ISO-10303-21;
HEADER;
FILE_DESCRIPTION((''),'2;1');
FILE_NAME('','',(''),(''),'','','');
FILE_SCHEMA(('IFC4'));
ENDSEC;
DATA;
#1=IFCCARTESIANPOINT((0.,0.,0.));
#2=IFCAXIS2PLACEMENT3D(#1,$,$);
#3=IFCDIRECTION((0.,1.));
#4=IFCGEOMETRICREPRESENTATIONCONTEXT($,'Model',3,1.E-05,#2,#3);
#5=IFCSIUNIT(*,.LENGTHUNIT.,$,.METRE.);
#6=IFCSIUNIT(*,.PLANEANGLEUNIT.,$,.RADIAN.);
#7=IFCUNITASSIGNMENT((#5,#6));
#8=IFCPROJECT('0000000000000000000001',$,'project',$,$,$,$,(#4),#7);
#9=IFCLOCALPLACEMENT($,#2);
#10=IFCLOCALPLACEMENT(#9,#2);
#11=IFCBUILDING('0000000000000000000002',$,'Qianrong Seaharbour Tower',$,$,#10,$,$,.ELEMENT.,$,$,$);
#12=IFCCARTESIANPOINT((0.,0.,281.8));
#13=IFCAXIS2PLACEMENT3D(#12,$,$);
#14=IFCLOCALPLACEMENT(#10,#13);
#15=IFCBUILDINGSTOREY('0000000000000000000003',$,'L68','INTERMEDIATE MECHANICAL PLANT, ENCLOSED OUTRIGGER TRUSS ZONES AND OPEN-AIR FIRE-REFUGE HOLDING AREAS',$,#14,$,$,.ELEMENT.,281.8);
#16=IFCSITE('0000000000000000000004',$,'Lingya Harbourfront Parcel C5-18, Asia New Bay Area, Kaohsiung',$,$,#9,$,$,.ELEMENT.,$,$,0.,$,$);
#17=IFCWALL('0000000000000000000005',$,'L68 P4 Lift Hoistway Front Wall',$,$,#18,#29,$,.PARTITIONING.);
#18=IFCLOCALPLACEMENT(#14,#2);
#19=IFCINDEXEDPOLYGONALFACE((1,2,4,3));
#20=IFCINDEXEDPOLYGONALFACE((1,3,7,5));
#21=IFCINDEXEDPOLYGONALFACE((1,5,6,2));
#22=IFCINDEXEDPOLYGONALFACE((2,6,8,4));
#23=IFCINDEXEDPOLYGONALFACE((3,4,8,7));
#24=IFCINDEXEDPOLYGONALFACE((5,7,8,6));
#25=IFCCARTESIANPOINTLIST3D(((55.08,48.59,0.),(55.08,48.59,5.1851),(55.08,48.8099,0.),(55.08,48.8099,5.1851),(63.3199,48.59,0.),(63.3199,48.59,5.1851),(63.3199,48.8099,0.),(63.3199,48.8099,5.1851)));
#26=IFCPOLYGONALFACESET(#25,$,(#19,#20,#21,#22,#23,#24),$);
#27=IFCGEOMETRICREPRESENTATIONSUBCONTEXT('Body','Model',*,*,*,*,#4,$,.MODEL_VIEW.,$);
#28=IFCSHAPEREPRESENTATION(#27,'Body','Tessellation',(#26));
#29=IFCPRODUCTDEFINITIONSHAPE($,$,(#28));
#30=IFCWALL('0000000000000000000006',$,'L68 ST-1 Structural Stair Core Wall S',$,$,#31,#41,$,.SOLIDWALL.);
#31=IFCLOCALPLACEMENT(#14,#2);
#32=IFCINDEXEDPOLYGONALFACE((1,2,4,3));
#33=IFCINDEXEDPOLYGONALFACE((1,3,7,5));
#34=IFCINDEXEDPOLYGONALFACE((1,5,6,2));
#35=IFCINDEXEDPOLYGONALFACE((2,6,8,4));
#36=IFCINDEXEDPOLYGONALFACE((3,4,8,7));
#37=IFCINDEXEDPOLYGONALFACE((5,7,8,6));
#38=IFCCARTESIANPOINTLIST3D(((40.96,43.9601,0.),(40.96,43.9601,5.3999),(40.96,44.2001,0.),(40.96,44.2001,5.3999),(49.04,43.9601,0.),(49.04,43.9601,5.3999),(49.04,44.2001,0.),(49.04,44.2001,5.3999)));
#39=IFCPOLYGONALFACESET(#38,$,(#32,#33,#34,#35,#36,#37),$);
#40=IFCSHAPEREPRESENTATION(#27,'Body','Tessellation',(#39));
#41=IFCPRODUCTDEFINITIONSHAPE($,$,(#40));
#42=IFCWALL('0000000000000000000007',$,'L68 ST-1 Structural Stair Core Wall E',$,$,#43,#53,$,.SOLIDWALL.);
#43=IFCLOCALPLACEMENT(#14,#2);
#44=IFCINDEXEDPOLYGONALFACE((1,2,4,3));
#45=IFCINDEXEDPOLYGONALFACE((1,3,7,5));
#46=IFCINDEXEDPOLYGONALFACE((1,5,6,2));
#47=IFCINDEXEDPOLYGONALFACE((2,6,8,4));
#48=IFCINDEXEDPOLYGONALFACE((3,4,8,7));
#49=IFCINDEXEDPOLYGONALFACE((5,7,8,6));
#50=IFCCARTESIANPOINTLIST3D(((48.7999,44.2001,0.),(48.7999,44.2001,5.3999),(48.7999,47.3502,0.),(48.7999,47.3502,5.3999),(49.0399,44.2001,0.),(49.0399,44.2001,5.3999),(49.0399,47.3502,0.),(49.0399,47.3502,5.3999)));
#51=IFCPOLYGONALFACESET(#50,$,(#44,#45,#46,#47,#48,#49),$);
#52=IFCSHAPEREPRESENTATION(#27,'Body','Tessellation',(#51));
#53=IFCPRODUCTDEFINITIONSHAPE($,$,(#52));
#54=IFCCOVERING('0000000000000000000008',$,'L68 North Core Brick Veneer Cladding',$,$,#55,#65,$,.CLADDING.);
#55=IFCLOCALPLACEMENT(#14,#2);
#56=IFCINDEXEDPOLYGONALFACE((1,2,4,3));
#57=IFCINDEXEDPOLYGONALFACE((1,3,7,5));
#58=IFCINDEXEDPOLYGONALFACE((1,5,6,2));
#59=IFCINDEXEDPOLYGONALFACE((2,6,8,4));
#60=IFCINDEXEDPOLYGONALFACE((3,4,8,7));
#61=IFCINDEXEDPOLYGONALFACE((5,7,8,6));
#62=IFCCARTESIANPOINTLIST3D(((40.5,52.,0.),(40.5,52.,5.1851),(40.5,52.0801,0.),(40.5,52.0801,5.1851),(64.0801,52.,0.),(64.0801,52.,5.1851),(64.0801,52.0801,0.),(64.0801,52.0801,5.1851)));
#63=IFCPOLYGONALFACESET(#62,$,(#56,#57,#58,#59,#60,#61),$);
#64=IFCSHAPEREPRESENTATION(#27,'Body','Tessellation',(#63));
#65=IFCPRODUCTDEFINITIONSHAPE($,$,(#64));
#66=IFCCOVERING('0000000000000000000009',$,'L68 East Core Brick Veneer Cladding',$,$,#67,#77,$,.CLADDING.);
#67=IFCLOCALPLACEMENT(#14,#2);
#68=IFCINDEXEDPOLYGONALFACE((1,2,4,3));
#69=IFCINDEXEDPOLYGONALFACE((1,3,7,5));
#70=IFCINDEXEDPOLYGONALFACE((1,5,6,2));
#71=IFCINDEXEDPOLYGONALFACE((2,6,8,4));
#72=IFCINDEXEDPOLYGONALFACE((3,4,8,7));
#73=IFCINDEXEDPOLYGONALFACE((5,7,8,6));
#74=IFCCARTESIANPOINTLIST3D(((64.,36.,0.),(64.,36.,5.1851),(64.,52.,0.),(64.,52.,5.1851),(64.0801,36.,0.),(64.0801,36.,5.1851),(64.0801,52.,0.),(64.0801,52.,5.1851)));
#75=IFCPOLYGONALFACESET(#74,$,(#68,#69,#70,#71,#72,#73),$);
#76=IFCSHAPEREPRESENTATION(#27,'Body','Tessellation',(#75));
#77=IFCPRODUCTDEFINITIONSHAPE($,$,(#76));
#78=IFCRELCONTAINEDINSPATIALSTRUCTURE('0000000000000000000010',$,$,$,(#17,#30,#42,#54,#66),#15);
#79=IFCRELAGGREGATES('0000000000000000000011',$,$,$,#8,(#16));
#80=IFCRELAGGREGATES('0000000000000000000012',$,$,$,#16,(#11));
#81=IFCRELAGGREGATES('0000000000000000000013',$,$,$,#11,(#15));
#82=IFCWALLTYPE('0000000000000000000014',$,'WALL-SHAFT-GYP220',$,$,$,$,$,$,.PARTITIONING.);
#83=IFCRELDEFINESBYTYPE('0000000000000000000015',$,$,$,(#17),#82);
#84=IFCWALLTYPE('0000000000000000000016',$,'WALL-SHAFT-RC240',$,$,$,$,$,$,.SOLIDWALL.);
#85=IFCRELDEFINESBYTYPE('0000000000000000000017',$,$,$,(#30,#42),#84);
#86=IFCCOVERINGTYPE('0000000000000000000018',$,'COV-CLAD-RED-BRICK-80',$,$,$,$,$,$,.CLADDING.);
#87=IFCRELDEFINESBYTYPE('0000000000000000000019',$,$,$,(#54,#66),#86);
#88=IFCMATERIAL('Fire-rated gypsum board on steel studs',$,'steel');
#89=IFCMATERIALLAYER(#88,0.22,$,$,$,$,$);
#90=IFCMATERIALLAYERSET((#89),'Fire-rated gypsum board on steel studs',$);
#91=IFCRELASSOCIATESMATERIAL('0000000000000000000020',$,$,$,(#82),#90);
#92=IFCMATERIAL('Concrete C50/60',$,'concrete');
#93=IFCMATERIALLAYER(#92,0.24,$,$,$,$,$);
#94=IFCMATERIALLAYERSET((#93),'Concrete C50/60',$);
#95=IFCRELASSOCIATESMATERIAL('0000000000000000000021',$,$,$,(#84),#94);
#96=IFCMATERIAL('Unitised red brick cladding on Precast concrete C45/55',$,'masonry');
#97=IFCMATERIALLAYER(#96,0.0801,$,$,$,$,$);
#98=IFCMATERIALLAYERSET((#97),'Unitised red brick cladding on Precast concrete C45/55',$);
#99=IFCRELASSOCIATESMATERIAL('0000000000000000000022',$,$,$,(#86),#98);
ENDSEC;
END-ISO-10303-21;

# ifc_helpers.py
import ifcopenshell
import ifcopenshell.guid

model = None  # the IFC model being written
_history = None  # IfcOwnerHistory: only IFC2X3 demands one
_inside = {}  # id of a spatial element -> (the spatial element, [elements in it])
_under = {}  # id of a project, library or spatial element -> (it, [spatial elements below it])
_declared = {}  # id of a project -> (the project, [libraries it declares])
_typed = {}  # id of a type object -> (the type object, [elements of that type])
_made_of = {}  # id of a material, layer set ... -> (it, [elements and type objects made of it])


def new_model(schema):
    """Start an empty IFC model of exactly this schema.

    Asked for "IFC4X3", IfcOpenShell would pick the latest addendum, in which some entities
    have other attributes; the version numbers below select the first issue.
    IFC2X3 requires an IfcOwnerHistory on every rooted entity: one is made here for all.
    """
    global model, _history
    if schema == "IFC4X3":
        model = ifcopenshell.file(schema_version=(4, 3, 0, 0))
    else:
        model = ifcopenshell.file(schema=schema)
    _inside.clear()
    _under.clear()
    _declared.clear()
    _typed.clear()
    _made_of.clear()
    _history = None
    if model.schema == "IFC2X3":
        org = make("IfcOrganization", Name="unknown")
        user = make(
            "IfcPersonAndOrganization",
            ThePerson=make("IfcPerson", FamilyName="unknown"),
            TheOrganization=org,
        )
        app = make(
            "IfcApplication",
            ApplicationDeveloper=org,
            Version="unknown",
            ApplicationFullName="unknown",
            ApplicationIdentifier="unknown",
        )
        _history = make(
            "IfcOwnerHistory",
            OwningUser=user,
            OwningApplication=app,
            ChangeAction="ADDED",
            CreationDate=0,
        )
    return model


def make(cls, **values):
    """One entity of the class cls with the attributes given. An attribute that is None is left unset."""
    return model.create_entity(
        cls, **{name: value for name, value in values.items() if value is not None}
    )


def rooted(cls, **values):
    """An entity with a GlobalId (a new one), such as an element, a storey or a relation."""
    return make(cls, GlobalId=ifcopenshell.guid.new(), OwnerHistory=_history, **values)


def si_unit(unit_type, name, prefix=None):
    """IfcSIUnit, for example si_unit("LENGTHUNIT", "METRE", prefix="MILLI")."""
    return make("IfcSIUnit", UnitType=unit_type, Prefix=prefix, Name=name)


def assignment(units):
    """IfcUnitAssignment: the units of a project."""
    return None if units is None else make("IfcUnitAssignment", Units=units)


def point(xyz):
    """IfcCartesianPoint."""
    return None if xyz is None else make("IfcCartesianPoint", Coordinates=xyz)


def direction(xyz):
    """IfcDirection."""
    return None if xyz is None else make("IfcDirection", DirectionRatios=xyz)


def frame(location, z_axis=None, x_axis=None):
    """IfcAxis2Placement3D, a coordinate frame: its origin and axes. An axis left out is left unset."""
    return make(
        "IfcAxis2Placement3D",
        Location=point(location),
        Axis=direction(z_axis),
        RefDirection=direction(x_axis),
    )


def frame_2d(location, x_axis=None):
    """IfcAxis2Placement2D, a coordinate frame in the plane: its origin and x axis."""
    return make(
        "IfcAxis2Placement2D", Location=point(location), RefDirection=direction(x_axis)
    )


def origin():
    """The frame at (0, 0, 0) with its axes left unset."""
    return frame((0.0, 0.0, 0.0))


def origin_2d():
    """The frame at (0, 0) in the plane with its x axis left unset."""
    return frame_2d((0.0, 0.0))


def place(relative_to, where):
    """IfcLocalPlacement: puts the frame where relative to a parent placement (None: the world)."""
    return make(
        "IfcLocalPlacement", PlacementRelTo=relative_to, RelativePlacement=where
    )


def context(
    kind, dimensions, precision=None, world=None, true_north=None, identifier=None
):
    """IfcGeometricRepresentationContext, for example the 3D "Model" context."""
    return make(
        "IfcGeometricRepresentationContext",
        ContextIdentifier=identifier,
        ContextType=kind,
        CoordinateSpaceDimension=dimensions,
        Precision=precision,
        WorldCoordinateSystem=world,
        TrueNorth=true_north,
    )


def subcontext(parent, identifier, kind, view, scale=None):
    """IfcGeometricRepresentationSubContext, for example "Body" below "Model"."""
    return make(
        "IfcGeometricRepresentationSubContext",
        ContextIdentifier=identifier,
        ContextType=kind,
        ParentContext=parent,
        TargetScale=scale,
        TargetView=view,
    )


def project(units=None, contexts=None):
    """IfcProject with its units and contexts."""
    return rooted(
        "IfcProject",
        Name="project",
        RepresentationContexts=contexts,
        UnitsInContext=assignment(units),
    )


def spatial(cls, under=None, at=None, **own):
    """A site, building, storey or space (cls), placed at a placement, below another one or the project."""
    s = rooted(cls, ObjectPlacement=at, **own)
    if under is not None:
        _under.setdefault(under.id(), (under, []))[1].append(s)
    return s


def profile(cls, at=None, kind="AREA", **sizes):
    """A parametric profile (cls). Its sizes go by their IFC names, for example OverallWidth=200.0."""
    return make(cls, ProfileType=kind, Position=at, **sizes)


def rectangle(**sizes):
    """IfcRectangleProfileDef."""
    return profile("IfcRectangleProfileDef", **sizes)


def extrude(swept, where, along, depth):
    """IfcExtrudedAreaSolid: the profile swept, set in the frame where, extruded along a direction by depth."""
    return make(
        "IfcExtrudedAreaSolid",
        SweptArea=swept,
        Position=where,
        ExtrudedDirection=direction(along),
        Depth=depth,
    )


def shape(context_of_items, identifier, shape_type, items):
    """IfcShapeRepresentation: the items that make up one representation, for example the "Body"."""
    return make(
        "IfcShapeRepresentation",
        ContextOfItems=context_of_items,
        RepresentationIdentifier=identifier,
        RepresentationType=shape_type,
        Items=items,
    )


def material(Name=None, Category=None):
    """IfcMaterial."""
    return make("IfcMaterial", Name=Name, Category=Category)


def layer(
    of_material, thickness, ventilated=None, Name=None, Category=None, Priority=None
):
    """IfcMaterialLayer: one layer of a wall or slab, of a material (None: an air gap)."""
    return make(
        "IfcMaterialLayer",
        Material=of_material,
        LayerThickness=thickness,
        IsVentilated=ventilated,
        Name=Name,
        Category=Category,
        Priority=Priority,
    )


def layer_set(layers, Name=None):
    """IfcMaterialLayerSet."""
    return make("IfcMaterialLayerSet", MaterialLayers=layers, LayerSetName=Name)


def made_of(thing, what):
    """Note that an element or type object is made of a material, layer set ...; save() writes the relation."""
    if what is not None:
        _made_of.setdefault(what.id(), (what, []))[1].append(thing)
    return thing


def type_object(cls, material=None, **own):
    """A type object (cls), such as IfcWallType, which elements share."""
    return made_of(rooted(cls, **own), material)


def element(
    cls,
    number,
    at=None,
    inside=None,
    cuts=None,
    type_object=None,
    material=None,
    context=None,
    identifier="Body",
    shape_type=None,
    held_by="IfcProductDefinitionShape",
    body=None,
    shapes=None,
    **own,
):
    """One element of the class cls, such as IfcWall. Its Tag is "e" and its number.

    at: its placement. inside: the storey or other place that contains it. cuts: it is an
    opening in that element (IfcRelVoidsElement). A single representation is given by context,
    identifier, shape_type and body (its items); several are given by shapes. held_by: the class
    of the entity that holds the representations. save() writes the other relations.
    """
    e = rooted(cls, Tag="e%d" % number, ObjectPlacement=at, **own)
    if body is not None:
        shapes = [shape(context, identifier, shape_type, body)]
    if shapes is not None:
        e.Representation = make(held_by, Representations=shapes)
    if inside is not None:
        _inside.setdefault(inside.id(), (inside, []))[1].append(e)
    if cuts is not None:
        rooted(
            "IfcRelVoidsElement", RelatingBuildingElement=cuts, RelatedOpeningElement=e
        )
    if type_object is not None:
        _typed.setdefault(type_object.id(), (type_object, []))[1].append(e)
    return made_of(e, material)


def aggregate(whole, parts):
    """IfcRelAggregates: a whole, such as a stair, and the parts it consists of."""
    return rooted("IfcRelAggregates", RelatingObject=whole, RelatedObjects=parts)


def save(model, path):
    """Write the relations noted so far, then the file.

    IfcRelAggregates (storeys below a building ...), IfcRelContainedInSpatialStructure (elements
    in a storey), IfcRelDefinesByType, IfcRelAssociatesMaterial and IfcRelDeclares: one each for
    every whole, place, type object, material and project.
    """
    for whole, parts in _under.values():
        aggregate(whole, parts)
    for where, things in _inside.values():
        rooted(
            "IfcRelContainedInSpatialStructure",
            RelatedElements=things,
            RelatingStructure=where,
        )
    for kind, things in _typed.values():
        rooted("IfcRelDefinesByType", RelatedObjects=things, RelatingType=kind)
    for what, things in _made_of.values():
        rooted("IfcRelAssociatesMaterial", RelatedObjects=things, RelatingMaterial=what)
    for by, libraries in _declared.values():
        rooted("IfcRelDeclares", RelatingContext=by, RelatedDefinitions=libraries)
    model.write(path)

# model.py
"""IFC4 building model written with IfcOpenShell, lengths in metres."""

from ifc_helpers import new_model, si_unit, direction, frame, frame_2d, origin, origin_2d, place, context, subcontext, project, spatial, rectangle, extrude, material, layer, layer_set, type_object, element, save


model = new_model("IFC4")

# Units and contexts
model_context = context("Model", 3, precision=1e-05, world=origin(), true_north=direction((0.0, 1.0)))
body_context = subcontext(model_context, "Body", "Model", "MODEL_VIEW")
ifc_project = project(units=[si_unit("LENGTHUNIT", "METRE"), si_unit("PLANEANGLEUNIT", "RADIAN")], contexts=[model_context])

# Site, building, storey
site_placement = place(None, origin())
site = spatial("IfcSite", under=ifc_project, at=site_placement, Name="Lingya Harbourfront Parcel C5-18, Asia New Bay Area, Kaohsiung", CompositionType="ELEMENT", RefElevation=0.0)
building_placement = place(site_placement, origin())
building = spatial("IfcBuilding", under=site, at=building_placement, Name="Qianrong Seaharbour Tower", CompositionType="ELEMENT")
storey_placement = place(building_placement, frame((0.0, 0.0, 281.8)))
storey = spatial("IfcBuildingStorey", under=building, at=storey_placement, Name="L68", Description="INTERMEDIATE MECHANICAL PLANT, ENCLOSED OUTRIGGER TRUSS ZONES AND OPEN-AIR FIRE-REFUGE HOLDING AREAS", CompositionType="ELEMENT", Elevation=281.8)

# Shared definitions
ifc_material_1 = material(Name="Concrete C50/60", Category="concrete")

# Shared definitions
ifc_material_2 = material(Name="Fire-rated gypsum board on steel studs", Category="steel")

# Shared definitions
ifc_layer_1 = layer(ifc_material_2, 0.22)
ifc_layer_set_1 = layer_set([ifc_layer_1], Name="Fire-rated gypsum board on steel studs")
wall_type_1 = type_object("IfcWallType", Name="WALL-SHAFT-GYP220", PredefinedType="PARTITIONING", material=ifc_layer_set_1)

# Walls
for number, where, z_axis, x_axis, name in (
    (1, (63.3201, 48.7, 0.0), (0.0, 0.0, 1.0), (-1.0, 0.0, 0.0), "L68 P4 Lift Hoistway Front Wall"),
):
    element("IfcWall", number, at=place(storey_placement, frame(where, z_axis=z_axis, x_axis=x_axis)), inside=storey, type_object=wall_type_1, Name=name, PredefinedType="PARTITIONING", context=body_context, shape_type="SweptSolid", body=[
        extrude(rectangle(XDim=8.24, YDim=0.22, at=frame_2d((4.1201, 0.0))), origin(), (0.0, 0.0, 1.0), 5.1851),
    ])
ifc_layer_2 = layer(ifc_material_1, 0.24)
ifc_layer_set_2 = layer_set([ifc_layer_2], Name="Concrete C50/60")
wall_type_2 = type_object("IfcWallType", Name="WALL-SHAFT-RC240", PredefinedType="SOLIDWALL", material=ifc_layer_set_2)
wall_1_placement = place(storey_placement, frame((49.04, 44.0801, 0.0), z_axis=(0.0, 0.0, 1.0), x_axis=(-1.0, 0.0, 0.0)))
element("IfcWall", 2, at=wall_1_placement, inside=storey, type_object=wall_type_2, Name="L68 ST-1 Structural Stair Core Wall S", PredefinedType="SOLIDWALL", context=body_context, shape_type="SweptSolid", body=[
    extrude(rectangle(XDim=8.0801, YDim=0.24, at=frame_2d((4.04, 0.0))), origin(), (0.0, 0.0, 1.0), 5.3999),
])
wall_2_placement = place(storey_placement, frame((48.9199, 44.2, 0.0), z_axis=(0.0, 0.0, 1.0), x_axis=(0.0, 1.0, 0.0)))
element("IfcWall", 3, at=wall_2_placement, inside=storey, type_object=wall_type_2, Name="L68 ST-1 Structural Stair Core Wall E", PredefinedType="SOLIDWALL", context=body_context, shape_type="SweptSolid", body=[
    extrude(rectangle(XDim=3.1501, YDim=0.24, at=frame_2d((1.5752, 0.0))), origin(), (0.0, 0.0, 1.0), 5.3999),
])

# Coverings
ifc_material_3 = material(Name="Unitised red brick cladding on Precast concrete C45/55", Category="masonry")
ifc_layer_3 = layer(ifc_material_3, 0.0801)
ifc_layer_set_3 = layer_set([ifc_layer_3], Name="Unitised red brick cladding on Precast concrete C45/55")
covering_type = type_object("IfcCoveringType", Name="COV-CLAD-RED-BRICK-80", PredefinedType="CLADDING", material=ifc_layer_set_3)
covering_1_placement = place(storey_placement, frame((52.29, 52.04, 0.0), z_axis=(0.0, 0.0, 1.0), x_axis=(1.0, 0.0, 0.0)))
element("IfcCovering", 4, at=covering_1_placement, inside=storey, type_object=covering_type, Name="L68 North Core Brick Veneer Cladding", PredefinedType="CLADDING", context=body_context, shape_type="SweptSolid", body=[
    extrude(rectangle(XDim=23.5801, YDim=0.0801, at=origin_2d()), origin(), (0.0, 0.0, 1.0), 5.1851),
])
covering_2_placement = place(storey_placement, frame((64.04, 44.0, 0.0), z_axis=(0.0, 0.0, 1.0), x_axis=(1.0, 0.0, 0.0)))
element("IfcCovering", 5, at=covering_2_placement, inside=storey, type_object=covering_type, Name="L68 East Core Brick Veneer Cladding", PredefinedType="CLADDING", context=body_context, shape_type="SweptSolid", body=[
    extrude(rectangle(XDim=0.0801, YDim=16.0, at=origin_2d()), origin(), (0.0, 0.0, 1.0), 5.1851),
])

save(model, "model.ifc")
